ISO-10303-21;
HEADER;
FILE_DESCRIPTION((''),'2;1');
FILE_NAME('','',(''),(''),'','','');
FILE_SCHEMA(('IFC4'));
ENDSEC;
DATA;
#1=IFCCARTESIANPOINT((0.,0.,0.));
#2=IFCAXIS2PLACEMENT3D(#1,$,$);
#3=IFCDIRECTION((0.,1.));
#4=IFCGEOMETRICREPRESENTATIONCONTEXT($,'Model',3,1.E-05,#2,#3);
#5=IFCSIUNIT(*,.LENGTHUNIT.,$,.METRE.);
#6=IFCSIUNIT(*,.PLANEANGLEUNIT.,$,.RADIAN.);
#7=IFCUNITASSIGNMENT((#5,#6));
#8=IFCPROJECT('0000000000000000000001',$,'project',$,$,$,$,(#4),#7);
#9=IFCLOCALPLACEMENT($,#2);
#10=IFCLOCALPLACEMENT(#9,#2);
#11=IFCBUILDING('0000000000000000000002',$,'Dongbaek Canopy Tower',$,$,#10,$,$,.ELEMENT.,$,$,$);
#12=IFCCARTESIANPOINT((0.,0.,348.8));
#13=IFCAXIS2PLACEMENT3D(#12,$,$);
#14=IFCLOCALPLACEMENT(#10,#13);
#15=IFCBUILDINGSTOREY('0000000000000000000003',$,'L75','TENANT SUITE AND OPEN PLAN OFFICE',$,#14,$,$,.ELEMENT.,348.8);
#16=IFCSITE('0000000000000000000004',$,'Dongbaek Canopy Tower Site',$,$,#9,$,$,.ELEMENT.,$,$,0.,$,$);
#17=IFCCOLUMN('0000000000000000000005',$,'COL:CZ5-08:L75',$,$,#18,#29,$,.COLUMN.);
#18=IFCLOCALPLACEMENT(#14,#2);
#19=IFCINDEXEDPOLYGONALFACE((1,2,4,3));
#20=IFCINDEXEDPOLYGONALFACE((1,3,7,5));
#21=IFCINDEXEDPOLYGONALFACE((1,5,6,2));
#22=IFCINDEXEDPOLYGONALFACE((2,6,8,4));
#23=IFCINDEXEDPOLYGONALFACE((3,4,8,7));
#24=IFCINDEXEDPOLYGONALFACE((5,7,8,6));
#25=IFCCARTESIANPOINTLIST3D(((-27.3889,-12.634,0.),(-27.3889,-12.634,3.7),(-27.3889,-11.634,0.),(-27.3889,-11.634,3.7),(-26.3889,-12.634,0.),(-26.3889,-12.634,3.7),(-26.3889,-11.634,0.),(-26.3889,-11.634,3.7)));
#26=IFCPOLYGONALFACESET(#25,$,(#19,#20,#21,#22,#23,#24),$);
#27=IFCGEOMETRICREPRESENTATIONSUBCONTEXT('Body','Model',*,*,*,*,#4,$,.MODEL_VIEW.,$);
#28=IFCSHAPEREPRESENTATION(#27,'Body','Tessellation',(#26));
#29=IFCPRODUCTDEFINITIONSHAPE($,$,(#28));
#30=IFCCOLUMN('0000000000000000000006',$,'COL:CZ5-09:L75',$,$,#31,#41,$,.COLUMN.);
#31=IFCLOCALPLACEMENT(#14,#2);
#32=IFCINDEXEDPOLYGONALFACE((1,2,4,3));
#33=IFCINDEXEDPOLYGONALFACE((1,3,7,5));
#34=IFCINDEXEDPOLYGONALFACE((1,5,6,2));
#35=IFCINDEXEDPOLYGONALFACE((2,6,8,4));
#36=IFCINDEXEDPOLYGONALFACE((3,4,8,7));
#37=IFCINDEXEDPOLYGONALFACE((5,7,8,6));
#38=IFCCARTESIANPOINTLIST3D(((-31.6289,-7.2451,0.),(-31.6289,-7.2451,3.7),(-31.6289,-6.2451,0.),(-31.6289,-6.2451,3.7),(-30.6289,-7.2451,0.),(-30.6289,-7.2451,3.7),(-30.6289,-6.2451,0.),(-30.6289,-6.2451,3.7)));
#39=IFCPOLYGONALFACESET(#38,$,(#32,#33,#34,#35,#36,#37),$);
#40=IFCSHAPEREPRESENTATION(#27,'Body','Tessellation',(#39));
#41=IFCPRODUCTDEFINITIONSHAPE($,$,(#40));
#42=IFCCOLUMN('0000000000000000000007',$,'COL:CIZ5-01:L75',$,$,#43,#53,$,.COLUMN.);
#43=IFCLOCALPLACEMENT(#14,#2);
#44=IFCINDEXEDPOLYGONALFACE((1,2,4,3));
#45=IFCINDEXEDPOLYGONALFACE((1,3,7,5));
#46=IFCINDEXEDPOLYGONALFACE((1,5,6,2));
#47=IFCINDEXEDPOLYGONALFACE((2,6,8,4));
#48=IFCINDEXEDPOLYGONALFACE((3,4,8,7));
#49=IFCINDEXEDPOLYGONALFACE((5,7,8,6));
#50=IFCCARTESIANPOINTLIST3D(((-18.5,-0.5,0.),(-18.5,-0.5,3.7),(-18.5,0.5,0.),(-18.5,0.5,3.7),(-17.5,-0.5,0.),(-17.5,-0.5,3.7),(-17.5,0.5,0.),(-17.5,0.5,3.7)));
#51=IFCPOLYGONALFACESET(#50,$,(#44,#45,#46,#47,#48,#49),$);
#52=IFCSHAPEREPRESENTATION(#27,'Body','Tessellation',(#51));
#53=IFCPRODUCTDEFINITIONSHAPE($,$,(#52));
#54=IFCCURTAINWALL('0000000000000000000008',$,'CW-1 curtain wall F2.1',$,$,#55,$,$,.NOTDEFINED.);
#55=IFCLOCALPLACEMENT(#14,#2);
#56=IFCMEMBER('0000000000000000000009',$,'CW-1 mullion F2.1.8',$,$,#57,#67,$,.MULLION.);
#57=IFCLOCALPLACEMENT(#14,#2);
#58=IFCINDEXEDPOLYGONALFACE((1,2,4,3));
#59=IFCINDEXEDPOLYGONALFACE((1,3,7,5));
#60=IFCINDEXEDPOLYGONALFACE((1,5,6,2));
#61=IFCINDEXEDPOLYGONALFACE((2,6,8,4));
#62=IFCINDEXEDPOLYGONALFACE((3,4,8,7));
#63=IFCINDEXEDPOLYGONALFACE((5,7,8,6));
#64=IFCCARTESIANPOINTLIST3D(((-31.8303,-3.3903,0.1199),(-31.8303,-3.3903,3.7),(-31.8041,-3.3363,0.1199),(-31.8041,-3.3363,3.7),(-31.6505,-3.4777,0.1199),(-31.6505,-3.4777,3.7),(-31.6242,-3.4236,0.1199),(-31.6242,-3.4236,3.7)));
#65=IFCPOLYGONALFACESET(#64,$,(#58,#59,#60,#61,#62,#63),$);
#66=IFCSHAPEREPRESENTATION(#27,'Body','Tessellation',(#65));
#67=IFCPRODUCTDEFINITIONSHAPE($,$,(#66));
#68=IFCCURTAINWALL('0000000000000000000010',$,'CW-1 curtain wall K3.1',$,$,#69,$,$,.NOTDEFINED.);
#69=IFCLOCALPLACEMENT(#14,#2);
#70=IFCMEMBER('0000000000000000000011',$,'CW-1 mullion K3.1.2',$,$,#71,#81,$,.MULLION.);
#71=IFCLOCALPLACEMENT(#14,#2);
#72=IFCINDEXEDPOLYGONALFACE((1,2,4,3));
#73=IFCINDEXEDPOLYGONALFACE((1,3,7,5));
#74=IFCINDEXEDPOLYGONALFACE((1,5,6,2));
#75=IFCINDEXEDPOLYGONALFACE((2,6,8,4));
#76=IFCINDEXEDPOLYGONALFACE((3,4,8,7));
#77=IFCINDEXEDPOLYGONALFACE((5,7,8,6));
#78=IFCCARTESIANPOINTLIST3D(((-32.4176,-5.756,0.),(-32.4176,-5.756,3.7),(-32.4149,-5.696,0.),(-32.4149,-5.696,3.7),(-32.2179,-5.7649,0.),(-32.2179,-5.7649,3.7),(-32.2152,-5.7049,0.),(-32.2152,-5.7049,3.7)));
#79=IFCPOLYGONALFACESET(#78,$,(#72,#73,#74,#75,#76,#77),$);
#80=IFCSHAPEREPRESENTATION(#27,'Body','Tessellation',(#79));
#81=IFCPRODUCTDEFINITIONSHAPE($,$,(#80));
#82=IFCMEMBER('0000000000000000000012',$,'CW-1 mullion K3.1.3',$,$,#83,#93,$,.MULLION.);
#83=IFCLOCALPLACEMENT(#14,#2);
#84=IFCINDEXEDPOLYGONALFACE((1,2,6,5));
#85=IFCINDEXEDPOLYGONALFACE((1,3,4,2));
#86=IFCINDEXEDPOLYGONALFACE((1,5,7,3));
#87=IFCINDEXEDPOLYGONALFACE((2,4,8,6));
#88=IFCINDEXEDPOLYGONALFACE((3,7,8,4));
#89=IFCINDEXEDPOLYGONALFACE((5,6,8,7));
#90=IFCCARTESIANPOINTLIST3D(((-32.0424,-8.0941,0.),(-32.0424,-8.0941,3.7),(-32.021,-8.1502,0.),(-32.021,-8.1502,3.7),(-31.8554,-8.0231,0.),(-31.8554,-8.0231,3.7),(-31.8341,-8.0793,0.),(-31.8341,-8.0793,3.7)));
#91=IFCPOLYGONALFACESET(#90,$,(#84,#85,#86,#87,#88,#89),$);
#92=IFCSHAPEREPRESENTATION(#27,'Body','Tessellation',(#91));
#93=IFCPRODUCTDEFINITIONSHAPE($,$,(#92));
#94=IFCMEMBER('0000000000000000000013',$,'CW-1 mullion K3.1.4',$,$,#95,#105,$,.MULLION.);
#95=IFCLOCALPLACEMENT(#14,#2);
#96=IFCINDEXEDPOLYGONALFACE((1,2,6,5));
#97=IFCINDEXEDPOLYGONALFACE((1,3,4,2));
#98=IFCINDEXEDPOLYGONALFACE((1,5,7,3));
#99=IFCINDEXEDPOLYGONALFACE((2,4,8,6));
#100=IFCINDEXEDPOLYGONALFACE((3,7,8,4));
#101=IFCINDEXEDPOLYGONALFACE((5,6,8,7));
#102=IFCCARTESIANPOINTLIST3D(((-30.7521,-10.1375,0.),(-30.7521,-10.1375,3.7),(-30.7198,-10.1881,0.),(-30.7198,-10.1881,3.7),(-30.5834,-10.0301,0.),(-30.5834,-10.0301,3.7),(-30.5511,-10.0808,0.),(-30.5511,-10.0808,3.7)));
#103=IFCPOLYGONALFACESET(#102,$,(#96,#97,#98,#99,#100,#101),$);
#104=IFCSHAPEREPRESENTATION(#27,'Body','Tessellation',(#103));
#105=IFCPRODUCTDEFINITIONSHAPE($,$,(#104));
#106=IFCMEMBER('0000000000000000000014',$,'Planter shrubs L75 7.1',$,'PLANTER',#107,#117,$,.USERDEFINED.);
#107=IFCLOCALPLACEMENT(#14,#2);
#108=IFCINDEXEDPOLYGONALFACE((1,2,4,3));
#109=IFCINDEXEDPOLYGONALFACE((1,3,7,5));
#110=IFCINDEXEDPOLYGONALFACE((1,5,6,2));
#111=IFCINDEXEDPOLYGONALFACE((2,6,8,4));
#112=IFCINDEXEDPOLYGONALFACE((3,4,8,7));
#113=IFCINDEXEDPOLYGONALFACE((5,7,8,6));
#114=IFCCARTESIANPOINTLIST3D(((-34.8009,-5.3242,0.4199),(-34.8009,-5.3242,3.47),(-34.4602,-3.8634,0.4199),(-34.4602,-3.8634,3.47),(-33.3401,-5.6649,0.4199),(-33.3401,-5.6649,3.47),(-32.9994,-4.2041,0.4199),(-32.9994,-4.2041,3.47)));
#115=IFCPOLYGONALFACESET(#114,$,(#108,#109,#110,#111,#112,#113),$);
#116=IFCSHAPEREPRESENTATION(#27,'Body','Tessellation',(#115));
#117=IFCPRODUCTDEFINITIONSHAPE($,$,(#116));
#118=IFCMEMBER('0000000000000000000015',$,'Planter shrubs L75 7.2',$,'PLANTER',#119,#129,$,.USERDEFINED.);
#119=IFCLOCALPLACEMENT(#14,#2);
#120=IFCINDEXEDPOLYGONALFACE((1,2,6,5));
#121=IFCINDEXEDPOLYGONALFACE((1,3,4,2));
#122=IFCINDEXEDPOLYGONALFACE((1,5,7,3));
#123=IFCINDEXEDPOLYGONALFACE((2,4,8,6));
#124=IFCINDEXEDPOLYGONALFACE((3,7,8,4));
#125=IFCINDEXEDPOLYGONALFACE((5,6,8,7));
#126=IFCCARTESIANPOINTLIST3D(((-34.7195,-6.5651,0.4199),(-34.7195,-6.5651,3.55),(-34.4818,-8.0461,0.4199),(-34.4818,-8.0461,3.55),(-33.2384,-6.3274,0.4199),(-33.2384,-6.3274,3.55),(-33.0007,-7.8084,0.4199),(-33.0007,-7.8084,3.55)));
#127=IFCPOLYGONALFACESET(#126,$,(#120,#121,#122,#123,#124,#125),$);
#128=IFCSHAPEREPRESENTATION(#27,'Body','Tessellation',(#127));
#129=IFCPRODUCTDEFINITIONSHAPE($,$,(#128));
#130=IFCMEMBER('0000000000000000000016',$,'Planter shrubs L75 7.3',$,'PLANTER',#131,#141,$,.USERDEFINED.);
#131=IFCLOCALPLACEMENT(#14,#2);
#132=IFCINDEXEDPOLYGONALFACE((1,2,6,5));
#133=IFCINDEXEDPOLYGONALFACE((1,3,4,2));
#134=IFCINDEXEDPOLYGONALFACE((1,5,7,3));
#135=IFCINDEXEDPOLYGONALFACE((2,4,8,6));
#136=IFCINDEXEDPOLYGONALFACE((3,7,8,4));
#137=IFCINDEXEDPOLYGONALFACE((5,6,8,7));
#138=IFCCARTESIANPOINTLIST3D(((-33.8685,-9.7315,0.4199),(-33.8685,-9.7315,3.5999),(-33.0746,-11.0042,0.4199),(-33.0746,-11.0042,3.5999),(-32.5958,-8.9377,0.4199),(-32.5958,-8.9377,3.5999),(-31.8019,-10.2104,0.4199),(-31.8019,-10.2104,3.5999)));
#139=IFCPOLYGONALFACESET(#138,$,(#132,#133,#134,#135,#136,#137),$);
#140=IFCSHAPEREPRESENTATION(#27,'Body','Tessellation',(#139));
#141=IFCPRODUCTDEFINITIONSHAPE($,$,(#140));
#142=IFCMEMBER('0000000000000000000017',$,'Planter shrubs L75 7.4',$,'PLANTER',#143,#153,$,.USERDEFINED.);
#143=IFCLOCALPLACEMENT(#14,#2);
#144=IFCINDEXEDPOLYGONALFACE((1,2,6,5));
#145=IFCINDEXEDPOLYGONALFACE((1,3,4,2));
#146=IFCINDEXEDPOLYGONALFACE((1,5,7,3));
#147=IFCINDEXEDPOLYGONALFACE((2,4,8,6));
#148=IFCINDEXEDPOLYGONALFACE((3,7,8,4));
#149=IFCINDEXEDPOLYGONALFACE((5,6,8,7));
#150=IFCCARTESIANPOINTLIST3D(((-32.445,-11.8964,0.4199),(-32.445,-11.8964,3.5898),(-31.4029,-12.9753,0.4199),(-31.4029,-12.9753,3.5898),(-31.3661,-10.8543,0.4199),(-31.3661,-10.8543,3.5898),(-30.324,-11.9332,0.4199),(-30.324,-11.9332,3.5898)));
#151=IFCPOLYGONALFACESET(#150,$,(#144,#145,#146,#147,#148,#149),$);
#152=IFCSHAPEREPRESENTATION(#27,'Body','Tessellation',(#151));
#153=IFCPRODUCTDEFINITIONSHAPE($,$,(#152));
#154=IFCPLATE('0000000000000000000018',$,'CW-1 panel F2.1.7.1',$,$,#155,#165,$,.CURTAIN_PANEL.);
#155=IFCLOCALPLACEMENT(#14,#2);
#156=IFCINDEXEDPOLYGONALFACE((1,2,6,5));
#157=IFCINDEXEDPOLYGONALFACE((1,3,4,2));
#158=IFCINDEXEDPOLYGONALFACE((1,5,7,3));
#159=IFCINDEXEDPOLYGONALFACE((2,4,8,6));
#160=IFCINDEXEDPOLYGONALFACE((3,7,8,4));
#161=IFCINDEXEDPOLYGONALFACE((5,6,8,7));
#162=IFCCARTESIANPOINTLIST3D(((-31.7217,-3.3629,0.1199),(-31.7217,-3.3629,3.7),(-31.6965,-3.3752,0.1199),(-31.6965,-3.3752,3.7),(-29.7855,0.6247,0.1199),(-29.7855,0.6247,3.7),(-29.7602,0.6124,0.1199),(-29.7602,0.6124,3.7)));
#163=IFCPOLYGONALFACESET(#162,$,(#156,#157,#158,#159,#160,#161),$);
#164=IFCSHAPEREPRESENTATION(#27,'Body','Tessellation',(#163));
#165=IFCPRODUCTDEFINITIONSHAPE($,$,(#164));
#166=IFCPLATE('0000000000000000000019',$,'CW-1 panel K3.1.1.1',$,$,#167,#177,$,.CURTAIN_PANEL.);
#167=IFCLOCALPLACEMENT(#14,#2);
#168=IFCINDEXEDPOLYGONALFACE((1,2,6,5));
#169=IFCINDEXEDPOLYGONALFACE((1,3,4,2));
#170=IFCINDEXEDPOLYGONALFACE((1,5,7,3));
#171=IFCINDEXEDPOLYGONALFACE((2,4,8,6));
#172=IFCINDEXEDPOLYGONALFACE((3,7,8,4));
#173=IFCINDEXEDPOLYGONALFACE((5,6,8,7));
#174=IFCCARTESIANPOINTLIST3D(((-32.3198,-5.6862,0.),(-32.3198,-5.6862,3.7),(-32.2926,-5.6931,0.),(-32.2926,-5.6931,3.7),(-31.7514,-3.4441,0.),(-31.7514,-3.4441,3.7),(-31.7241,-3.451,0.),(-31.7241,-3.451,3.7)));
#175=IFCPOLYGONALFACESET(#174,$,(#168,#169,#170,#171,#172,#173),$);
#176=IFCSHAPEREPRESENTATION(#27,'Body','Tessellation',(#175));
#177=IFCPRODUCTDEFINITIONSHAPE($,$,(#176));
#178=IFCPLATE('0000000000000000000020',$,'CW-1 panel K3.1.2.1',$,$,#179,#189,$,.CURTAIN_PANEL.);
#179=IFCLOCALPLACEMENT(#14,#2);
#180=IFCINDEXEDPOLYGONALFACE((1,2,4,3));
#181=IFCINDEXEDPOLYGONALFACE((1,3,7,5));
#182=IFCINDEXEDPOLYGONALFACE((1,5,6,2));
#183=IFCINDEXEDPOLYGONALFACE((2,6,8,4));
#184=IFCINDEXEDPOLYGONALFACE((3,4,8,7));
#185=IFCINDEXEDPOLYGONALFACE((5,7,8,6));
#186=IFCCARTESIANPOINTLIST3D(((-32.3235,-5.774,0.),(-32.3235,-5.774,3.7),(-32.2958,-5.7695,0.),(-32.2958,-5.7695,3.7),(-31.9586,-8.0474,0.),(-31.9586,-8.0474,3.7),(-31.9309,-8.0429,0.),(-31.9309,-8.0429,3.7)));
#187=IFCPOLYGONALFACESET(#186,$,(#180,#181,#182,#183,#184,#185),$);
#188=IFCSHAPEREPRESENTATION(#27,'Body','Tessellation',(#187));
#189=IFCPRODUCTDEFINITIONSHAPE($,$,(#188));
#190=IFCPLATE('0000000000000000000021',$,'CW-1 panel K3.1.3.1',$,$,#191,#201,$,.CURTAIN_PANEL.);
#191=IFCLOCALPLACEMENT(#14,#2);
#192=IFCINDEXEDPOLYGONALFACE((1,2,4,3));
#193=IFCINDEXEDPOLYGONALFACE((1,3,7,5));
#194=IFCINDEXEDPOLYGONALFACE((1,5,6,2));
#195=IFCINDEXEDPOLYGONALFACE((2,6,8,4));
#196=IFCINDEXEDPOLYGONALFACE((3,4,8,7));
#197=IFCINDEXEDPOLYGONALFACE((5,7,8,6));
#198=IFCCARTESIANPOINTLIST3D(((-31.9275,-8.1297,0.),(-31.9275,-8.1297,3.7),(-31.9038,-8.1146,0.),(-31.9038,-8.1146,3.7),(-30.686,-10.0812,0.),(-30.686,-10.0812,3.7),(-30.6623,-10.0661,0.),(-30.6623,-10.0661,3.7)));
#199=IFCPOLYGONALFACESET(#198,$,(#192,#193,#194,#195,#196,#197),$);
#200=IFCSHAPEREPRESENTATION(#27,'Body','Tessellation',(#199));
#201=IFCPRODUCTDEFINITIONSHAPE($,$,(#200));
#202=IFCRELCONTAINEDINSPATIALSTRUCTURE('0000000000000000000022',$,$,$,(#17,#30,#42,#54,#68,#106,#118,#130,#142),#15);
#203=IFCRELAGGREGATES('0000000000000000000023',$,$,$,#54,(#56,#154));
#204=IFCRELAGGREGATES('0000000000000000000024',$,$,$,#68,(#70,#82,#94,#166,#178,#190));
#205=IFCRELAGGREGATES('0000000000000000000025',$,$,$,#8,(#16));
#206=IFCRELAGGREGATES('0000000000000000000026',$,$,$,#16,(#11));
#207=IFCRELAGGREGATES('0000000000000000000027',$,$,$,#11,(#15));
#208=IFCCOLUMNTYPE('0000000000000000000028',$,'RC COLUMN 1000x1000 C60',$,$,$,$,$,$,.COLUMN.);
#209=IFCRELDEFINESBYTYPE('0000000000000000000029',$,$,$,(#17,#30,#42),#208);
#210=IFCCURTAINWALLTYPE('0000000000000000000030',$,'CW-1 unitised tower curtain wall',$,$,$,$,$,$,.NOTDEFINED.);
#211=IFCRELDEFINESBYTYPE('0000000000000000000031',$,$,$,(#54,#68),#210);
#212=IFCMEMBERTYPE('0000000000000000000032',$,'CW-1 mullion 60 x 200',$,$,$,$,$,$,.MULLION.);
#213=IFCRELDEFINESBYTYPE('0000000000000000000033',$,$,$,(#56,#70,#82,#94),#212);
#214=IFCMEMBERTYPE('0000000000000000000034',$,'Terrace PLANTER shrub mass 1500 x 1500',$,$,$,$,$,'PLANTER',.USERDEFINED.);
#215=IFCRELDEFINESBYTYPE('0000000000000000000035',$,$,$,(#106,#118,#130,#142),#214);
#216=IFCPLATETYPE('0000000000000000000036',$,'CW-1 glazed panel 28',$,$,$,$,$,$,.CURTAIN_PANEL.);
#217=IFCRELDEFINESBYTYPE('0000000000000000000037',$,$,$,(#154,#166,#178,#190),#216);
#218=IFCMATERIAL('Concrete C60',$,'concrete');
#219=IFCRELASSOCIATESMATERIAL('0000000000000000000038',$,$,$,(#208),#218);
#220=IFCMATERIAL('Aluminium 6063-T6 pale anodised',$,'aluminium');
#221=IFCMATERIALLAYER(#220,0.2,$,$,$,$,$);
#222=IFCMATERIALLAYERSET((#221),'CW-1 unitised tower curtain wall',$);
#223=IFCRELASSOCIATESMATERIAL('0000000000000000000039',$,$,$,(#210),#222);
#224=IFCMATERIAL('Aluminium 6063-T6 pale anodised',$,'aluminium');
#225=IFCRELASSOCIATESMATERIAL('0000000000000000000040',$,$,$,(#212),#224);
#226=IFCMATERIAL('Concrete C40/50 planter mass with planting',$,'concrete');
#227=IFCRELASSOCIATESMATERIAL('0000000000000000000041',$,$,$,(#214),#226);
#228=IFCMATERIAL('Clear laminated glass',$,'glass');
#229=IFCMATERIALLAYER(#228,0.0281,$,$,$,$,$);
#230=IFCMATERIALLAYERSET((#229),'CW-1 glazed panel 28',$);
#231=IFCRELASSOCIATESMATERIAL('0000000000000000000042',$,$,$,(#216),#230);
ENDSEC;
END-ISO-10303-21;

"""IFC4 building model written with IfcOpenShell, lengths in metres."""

from ifc_helpers import new_model, si_unit, direction, frame, origin, origin_2d, place, context, subcontext, project, spatial, rectangle, extrude, material, layer, layer_set, material_profile, profile_set, type_object, element, aggregate, save


model = new_model("IFC4")

# Units and contexts
model_context = context("Model", 3, precision=1e-05, world=origin(), true_north=direction((0.0, 1.0)))
body_context = subcontext(model_context, "Body", "Model", "MODEL_VIEW")
ifc_project = project(units=[si_unit("LENGTHUNIT", "METRE"), si_unit("PLANEANGLEUNIT", "RADIAN")], contexts=[model_context])

# Site, building, storey
site_placement = place(None, origin())
site = spatial("IfcSite", under=ifc_project, at=site_placement, Name="Dongbaek Canopy Tower Site", CompositionType="ELEMENT", RefElevation=0.0)
building_placement = place(site_placement, origin())
building = spatial("IfcBuilding", under=site, at=building_placement, Name="Dongbaek Canopy Tower", CompositionType="ELEMENT")
storey_placement = place(building_placement, frame((0.0, 0.0, 348.8)))
storey = spatial("IfcBuildingStorey", under=building, at=storey_placement, Name="L75", Description="TENANT SUITE AND OPEN PLAN OFFICE", CompositionType="ELEMENT", Elevation=348.8)

# Columns
ifc_material_1 = material(Name="Concrete C60", Category="concrete")
ifc_material_profile_1 = material_profile(ifc_material_1, rectangle(XDim=1.0, YDim=1.0, at=origin_2d()), Name="RC COLUMN 1000x1000 C60")
ifc_profile_set_1 = profile_set([ifc_material_profile_1], Name="Concrete C60")
column_type = type_object("IfcColumnType", Name="RC COLUMN 1000x1000 C60", PredefinedType="COLUMN", material=ifc_profile_set_1)
for number, where, z_axis, x_axis, name in (
    (1, (-26.8889, -12.134, 0.0), (0.0, 0.0, 1.0), (1.0, 0.0, 0.0), "COL:CZ5-08:L75"),
    (2, (-31.1289, -6.7451, 0.0), (0.0, 0.0, 1.0), (1.0, 0.0, 0.0), "COL:CZ5-09:L75"),
    (3, (-18.0, 0.0, 0.0), (0.0, 0.0, 1.0), (1.0, 0.0, 0.0), "COL:CIZ5-01:L75"),
):
    element("IfcColumn", number, at=place(storey_placement, frame(where, z_axis=z_axis, x_axis=x_axis)), inside=storey, type_object=column_type, Name=name, PredefinedType="COLUMN", context=body_context, shape_type="SweptSolid", body=[
        extrude(rectangle(XDim=1.0, YDim=1.0, at=origin_2d()), origin(), (0.0, 0.0, 1.0), 3.7),
    ])

# Curtain wall, member
ifc_material_2 = material(Name="Aluminium 6063-T6 pale anodised", Category="aluminium")
ifc_layer_1 = layer(ifc_material_2, 0.2)
ifc_layer_set_1 = layer_set([ifc_layer_1], Name="CW-1 unitised tower curtain wall")
curtain_wall_type = type_object("IfcCurtainWallType", Name="CW-1 unitised tower curtain wall", PredefinedType="NOTDEFINED", material=ifc_layer_set_1)
curtain_wall_1_placement = place(storey_placement, origin())
curtain_wall_1 = element("IfcCurtainWall", 4, at=curtain_wall_1_placement, inside=storey, type_object=curtain_wall_type, Name="CW-1 curtain wall F2.1", PredefinedType="NOTDEFINED")
ifc_material_3 = material(Name="Aluminium 6063-T6 pale anodised", Category="aluminium")
ifc_material_profile_2 = material_profile(ifc_material_3, rectangle(XDim=0.2, YDim=0.0601, at=origin_2d()), Name="CW-1 mullion 60 x 200")
ifc_profile_set_2 = profile_set([ifc_material_profile_2], Name="Aluminium 6063-T6 pale anodised")
member_type_1 = type_object("IfcMemberType", Name="CW-1 mullion 60 x 200", PredefinedType="MULLION", material=ifc_profile_set_2)
member_1_placement = place(storey_placement, frame((-31.7273, -3.407, 0.1199), z_axis=(0.0, 0.0, 1.0), x_axis=(-0.899563, 0.436791, 0.0)))
member_1 = element("IfcMember", 5, at=member_1_placement, type_object=member_type_1, Name="CW-1 mullion F2.1.8", PredefinedType="MULLION", context=body_context, shape_type="SweptSolid", body=[
    extrude(rectangle(XDim=0.2, YDim=0.0601, at=origin_2d()), origin(), (0.0, 0.0, 1.0), 3.5801),
])

# Curtain wall, members
curtain_wall_2_placement = place(storey_placement, origin())
curtain_wall_2 = element("IfcCurtainWall", 6, at=curtain_wall_2_placement, inside=storey, type_object=curtain_wall_type, Name="CW-1 curtain wall K3.1", PredefinedType="NOTDEFINED")
member_2_placement = place(storey_placement, frame((-32.3164, -5.7305, 0.0), z_axis=(0.0, 0.0, 1.0), x_axis=(-0.999007, 0.044561, 0.0)))
member_2 = element("IfcMember", 7, at=member_2_placement, type_object=member_type_1, Name="CW-1 mullion K3.1.2", PredefinedType="MULLION", context=body_context, shape_type="SweptSolid", body=[
    extrude(rectangle(XDim=0.2, YDim=0.0601, at=origin_2d()), origin(), (0.0, 0.0, 1.0), 3.7),
])
member_3_placement = place(storey_placement, frame((-31.9382, -8.0867, 0.0), z_axis=(0.0, 0.0, 1.0), x_axis=(-0.934879, -0.354966, 0.0)))
member_3 = element("IfcMember", 8, at=member_3_placement, type_object=member_type_1, Name="CW-1 mullion K3.1.3", PredefinedType="MULLION", context=body_context, shape_type="SweptSolid", body=[
    extrude(rectangle(XDim=0.2, YDim=0.0601, at=origin_2d()), origin(), (0.0, 0.0, 1.0), 3.7),
])
member_4_placement = place(storey_placement, frame((-30.6516, -10.1091, 0.0), z_axis=(0.0, 0.0, 1.0), x_axis=(-0.843729, -0.53677, 0.0)))
member_4 = element("IfcMember", 9, at=member_4_placement, type_object=member_type_1, Name="CW-1 mullion K3.1.4", PredefinedType="MULLION", context=body_context, shape_type="SweptSolid", body=[
    extrude(rectangle(XDim=0.2, YDim=0.0601, at=origin_2d()), origin(), (0.0, 0.0, 1.0), 3.7),
])

# Members
ifc_material_4 = material(Name="Concrete C40/50 planter mass with planting", Category="concrete")
ifc_material_profile_3 = material_profile(ifc_material_4, rectangle(XDim=1.5, YDim=1.5, at=origin_2d()), Name="Terrace PLANTER shrub mass 1500 x 1500")
ifc_profile_set_3 = profile_set([ifc_material_profile_3], Name="Concrete C40/50 planter mass with planting")
member_type_2 = type_object("IfcMemberType", Name="Terrace PLANTER shrub mass 1500 x 1500", ElementType="PLANTER", PredefinedType="USERDEFINED", material=ifc_profile_set_3)
member_5_placement = place(storey_placement, frame((-33.9001, -4.7642, 0.4199), z_axis=(0.0, 0.0, 1.0), x_axis=(-0.973872, 0.2271, 0.0)))
element("IfcMember", 10, at=member_5_placement, inside=storey, type_object=member_type_2, Name="Planter shrubs L75 7.1", ObjectType="PLANTER", PredefinedType="USERDEFINED", context=body_context, shape_type="SweptSolid", body=[
    extrude(rectangle(XDim=1.5, YDim=1.5, at=origin_2d()), origin(), (0.0, 0.0, 1.0), 3.05),
])
member_6_placement = place(storey_placement, frame((-33.8601, -7.1868, 0.4199), z_axis=(0.0, 0.0, 1.0), x_axis=(-0.987362, -0.15848, 0.0)))
element("IfcMember", 11, at=member_6_placement, inside=storey, type_object=member_type_2, Name="Planter shrubs L75 7.2", ObjectType="PLANTER", PredefinedType="USERDEFINED", context=body_context, shape_type="SweptSolid", body=[
    extrude(rectangle(XDim=1.5, YDim=1.5, at=origin_2d()), origin(), (0.0, 0.0, 1.0), 3.1301),
])
member_7_placement = place(storey_placement, frame((-32.8352, -9.9709, 0.4199), z_axis=(0.0, 0.0, 1.0), x_axis=(-0.848474, -0.529237, 0.0)))
element("IfcMember", 12, at=member_7_placement, inside=storey, type_object=member_type_2, Name="Planter shrubs L75 7.3", ObjectType="PLANTER", PredefinedType="USERDEFINED", context=body_context, shape_type="SweptSolid", body=[
    extrude(rectangle(XDim=1.5, YDim=1.5, at=origin_2d()), origin(), (0.0, 0.0, 1.0), 3.1799),
])
member_8_placement = place(storey_placement, frame((-31.3845, -11.9148, 0.4199), z_axis=(0.0, 0.0, 1.0), x_axis=(-0.719255, -0.694746, 0.0)))
element("IfcMember", 13, at=member_8_placement, inside=storey, type_object=member_type_2, Name="Planter shrubs L75 7.4", ObjectType="PLANTER", PredefinedType="USERDEFINED", context=body_context, shape_type="SweptSolid", body=[
    extrude(rectangle(XDim=1.5, YDim=1.5, at=origin_2d()), origin(), (0.0, 0.0, 1.0), 3.1699),
])

# Plates
ifc_material_5 = material(Name="Clear laminated glass", Category="glass")
ifc_layer_2 = layer(ifc_material_5, 0.0281)
ifc_layer_set_2 = layer_set([ifc_layer_2], Name="CW-1 glazed panel 28")
plate_type = type_object("IfcPlateType", Name="CW-1 glazed panel 28", PredefinedType="CURTAIN_PANEL", material=ifc_layer_set_2)
plate_1_placement = place(storey_placement, frame((-30.741, -1.3752, 0.1199), z_axis=(0.0, 0.0, 1.0), x_axis=(-0.436791, -0.899563, 0.0)))
plate_1 = element("IfcPlate", 14, at=plate_1_placement, type_object=plate_type, Name="CW-1 panel F2.1.7.1", PredefinedType="CURTAIN_PANEL", context=body_context, shape_type="SweptSolid", body=[
    extrude(rectangle(XDim=4.4329, YDim=0.0281, at=origin_2d()), origin(), (0.0, 0.0, 1.0), 3.5801),
])
aggregate(curtain_wall_1, [member_1, plate_1])
plate_2_placement = place(storey_placement, frame((-32.022, -4.5686, 0.0), z_axis=(0.0, 0.0, 1.0), x_axis=(-0.245758, -0.969331, 0.0)))
plate_2 = element("IfcPlate", 15, at=plate_2_placement, type_object=plate_type, Name="CW-1 panel K3.1.1.1", PredefinedType="CURTAIN_PANEL", context=body_context, shape_type="SweptSolid", body=[
    extrude(rectangle(XDim=2.313, YDim=0.0281, at=origin_2d()), origin(), (0.0, 0.0, 1.0), 3.7),
])
plate_3_placement = place(storey_placement, frame((-32.1272, -6.9084, 0.0), z_axis=(0.0, 0.0, 1.0), x_axis=(0.15848, -0.987362, 0.0)))
plate_3 = element("IfcPlate", 16, at=plate_3_placement, type_object=plate_type, Name="CW-1 panel K3.1.2.1", PredefinedType="CURTAIN_PANEL", context=body_context, shape_type="SweptSolid", body=[
    extrude(rectangle(XDim=2.3025, YDim=0.0281, at=origin_2d()), origin(), (0.0, 0.0, 1.0), 3.7),
])
plate_4_placement = place(storey_placement, frame((-31.2949, -9.0979, 0.0), z_axis=(0.0, 0.0, 1.0), x_axis=(0.53677, -0.843729, 0.0)))
plate_4 = element("IfcPlate", 17, at=plate_4_placement, type_object=plate_type, Name="CW-1 panel K3.1.3.1", PredefinedType="CURTAIN_PANEL", context=body_context, shape_type="SweptSolid", body=[
    extrude(rectangle(XDim=2.313, YDim=0.0281, at=origin_2d()), origin(), (0.0, 0.0, 1.0), 3.7),
])
aggregate(curtain_wall_2, [member_2, member_3, member_4, plate_2, plate_3, plate_4])

save(model, "model.ifc")
